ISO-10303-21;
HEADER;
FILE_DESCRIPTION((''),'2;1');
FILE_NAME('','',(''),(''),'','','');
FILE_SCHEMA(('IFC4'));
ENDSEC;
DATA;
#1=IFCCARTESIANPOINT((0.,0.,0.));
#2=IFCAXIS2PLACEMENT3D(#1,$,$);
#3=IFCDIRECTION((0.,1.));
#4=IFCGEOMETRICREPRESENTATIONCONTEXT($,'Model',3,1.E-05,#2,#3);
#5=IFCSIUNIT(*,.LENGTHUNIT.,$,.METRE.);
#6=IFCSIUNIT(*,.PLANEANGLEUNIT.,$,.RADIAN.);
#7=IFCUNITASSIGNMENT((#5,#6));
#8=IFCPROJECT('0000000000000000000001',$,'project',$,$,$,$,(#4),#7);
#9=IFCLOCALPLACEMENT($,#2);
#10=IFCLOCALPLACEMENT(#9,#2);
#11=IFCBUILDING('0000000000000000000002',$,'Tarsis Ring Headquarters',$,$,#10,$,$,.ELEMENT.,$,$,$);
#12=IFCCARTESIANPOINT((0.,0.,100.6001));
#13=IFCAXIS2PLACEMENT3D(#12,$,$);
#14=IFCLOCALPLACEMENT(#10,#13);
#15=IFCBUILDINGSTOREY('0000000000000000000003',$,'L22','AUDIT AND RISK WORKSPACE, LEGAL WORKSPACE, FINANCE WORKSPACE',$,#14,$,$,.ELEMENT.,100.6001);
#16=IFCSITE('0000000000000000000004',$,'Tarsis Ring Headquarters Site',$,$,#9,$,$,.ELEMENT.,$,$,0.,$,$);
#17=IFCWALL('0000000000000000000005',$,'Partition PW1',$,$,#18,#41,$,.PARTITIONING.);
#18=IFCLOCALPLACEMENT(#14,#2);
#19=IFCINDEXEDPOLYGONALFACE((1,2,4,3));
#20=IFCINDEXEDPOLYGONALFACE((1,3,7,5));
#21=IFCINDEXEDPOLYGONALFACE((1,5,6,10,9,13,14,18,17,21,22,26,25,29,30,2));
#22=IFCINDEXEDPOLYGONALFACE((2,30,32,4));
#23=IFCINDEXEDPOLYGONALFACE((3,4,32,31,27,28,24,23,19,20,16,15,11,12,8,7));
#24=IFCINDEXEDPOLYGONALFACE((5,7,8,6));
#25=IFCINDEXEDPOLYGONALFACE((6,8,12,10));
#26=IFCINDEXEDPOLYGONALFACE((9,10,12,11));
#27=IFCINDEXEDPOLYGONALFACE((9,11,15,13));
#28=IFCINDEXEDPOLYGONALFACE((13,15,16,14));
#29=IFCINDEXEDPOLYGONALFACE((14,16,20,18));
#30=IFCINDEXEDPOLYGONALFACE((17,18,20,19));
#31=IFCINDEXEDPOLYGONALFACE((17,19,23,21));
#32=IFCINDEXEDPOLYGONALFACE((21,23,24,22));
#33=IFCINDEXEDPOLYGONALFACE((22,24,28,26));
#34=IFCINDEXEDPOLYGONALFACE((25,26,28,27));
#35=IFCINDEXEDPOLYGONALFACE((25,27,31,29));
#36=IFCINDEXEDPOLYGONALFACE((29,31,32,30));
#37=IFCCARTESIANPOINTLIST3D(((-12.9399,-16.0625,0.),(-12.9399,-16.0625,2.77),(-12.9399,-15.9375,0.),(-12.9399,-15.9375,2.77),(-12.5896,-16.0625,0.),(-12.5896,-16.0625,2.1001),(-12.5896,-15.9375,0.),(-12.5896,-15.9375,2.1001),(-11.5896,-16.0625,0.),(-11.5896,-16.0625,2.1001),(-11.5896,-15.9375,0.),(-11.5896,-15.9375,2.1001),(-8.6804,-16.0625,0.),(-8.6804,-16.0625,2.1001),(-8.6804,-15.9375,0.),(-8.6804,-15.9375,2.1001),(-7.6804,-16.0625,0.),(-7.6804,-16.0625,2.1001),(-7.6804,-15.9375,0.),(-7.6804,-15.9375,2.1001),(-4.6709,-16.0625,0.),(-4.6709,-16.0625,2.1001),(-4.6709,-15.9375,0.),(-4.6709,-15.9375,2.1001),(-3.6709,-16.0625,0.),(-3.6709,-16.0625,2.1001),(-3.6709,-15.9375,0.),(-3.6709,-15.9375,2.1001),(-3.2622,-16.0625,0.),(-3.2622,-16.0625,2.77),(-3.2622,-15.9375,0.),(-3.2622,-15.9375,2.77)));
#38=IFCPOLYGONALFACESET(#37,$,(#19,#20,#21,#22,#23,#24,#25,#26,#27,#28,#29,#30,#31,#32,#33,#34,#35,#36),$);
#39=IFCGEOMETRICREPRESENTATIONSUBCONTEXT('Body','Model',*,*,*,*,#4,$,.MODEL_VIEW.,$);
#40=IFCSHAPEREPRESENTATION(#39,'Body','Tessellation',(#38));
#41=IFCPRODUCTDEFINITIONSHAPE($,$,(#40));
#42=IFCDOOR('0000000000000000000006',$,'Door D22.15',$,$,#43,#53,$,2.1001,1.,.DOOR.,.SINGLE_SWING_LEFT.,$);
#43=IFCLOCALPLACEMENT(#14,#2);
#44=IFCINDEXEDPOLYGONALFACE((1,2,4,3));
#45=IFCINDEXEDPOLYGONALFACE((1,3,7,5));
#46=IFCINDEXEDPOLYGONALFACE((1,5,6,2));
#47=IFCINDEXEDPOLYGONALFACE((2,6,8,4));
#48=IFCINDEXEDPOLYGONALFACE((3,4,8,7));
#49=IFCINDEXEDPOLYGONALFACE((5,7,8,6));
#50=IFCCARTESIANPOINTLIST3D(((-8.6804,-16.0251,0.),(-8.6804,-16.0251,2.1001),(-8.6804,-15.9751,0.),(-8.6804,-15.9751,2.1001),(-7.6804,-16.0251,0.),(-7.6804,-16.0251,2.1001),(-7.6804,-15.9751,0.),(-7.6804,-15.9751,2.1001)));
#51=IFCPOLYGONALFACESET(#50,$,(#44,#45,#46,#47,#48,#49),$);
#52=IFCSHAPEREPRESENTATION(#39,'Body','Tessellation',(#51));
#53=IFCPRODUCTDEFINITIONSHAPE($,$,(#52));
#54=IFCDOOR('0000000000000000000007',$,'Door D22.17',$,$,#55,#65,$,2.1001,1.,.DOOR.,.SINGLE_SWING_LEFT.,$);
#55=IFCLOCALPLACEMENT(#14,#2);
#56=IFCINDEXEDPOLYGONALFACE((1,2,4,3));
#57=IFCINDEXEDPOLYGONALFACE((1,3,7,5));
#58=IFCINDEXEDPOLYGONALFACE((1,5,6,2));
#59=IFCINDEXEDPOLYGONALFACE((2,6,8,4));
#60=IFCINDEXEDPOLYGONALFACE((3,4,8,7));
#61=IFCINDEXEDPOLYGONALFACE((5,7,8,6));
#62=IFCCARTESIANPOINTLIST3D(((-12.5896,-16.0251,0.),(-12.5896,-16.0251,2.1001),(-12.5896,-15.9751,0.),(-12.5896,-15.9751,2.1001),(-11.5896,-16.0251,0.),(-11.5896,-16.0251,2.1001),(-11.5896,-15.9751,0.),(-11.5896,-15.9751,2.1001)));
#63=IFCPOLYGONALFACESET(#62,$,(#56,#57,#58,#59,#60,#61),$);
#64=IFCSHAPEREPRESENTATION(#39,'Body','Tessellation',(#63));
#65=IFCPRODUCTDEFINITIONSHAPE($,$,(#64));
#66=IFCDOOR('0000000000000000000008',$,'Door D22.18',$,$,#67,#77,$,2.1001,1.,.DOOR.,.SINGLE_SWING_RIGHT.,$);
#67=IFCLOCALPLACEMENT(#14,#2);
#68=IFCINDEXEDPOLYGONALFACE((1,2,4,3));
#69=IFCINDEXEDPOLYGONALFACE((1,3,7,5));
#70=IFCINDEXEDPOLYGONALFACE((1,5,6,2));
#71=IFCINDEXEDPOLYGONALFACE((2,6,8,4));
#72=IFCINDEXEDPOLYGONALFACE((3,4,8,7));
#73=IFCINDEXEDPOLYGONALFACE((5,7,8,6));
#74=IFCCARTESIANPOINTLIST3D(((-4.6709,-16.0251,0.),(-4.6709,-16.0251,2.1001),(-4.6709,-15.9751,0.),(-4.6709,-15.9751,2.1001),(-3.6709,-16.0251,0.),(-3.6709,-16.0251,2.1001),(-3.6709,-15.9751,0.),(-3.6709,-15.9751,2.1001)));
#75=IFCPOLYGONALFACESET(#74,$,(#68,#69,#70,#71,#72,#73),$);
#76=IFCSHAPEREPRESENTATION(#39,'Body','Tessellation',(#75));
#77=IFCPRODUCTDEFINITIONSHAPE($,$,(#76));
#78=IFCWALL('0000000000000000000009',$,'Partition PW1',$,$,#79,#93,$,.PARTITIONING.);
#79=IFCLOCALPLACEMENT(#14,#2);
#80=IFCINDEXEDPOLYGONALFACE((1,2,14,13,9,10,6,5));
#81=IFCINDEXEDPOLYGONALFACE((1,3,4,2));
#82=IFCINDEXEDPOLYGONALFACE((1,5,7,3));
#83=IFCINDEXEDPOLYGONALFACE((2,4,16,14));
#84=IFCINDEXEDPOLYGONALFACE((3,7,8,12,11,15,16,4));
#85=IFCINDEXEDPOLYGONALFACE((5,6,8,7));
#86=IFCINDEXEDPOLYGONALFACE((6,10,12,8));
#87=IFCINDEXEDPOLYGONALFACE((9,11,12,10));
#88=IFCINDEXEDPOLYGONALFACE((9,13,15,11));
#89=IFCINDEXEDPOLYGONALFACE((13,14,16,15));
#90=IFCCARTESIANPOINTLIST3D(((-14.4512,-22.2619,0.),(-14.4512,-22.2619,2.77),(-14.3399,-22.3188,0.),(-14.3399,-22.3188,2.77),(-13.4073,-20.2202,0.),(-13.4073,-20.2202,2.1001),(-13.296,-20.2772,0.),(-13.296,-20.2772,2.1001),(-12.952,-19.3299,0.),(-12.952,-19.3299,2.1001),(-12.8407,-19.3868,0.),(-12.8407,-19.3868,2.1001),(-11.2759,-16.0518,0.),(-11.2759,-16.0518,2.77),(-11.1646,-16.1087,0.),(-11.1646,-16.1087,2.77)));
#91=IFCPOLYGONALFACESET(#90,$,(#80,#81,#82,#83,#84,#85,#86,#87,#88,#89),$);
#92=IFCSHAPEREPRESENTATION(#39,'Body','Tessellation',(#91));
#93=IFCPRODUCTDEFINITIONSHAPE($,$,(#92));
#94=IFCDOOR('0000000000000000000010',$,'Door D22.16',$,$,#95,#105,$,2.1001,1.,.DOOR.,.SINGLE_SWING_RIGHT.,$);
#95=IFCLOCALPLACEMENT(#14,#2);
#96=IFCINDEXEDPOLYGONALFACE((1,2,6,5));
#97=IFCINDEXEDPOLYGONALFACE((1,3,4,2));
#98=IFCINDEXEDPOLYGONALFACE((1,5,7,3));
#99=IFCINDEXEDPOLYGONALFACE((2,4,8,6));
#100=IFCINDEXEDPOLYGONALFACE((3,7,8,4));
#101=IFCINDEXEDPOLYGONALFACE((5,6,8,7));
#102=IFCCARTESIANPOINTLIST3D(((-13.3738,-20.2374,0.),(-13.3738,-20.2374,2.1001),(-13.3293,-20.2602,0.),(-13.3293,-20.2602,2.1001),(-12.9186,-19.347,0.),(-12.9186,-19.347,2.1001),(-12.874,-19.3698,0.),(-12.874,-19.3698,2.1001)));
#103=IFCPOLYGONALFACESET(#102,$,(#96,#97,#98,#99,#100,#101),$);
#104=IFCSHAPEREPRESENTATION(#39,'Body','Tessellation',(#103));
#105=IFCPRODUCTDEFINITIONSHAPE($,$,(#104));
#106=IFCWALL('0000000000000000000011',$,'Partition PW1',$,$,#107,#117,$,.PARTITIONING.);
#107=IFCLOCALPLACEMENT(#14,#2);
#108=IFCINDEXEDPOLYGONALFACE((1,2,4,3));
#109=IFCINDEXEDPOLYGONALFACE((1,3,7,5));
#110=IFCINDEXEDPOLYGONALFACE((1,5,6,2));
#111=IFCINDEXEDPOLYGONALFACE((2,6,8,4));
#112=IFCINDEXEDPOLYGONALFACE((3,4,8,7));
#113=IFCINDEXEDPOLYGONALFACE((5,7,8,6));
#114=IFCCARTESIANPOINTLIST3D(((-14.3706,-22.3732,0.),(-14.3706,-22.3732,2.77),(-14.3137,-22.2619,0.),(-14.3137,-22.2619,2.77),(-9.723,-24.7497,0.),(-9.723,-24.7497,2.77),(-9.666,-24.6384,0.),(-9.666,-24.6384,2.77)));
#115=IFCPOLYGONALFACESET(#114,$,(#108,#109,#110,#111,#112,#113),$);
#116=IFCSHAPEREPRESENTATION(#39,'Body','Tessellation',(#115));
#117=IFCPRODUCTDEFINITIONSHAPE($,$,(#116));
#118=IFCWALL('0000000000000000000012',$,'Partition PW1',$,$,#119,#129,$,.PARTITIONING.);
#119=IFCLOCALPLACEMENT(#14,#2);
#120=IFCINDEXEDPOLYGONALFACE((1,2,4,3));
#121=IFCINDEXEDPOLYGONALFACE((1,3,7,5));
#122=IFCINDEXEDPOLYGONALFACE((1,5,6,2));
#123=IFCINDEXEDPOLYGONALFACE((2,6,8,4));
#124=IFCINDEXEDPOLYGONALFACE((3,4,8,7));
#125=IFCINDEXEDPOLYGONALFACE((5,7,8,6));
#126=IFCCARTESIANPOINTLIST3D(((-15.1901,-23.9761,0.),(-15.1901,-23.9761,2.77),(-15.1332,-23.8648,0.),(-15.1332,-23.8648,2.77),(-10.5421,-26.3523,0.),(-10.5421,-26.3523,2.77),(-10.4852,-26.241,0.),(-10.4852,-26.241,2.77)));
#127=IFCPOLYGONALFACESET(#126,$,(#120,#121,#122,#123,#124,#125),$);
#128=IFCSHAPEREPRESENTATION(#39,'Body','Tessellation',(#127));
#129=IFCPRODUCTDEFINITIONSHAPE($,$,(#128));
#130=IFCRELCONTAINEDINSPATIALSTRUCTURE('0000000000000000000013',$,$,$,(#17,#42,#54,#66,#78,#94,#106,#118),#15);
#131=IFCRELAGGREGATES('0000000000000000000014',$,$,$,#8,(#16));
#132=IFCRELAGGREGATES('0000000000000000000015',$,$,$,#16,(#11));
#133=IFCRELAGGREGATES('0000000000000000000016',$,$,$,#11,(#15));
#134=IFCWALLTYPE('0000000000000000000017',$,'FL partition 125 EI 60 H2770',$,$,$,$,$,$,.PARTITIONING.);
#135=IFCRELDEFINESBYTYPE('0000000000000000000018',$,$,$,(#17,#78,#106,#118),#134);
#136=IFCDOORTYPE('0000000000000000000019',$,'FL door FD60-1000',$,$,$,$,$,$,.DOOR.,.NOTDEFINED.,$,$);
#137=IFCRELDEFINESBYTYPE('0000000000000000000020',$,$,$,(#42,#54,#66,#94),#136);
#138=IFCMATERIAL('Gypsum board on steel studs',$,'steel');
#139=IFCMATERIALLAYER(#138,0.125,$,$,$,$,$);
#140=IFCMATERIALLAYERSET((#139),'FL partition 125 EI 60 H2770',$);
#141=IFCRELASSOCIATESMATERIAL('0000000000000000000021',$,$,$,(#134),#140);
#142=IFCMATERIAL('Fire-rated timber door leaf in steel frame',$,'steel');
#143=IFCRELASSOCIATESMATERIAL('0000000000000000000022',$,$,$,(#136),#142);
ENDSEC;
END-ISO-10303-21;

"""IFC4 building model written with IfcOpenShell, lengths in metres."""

from ifc_helpers import new_model, si_unit, direction, frame, frame_2d, origin, place, context, subcontext, project, spatial, rectangle, extrude, material, layer, layer_set, type_object, element, fill, save


model = new_model("IFC4")

# Units and contexts
model_context = context("Model", 3, precision=1e-05, world=origin(), true_north=direction((0.0, 1.0)))
body_context = subcontext(model_context, "Body", "Model", "MODEL_VIEW")
ifc_project = project(units=[si_unit("LENGTHUNIT", "METRE"), si_unit("PLANEANGLEUNIT", "RADIAN")], contexts=[model_context])

# Site, building, storey
site_placement = place(None, origin())
site = spatial("IfcSite", under=ifc_project, at=site_placement, Name="Tarsis Ring Headquarters Site", CompositionType="ELEMENT", RefElevation=0.0)
building_placement = place(site_placement, origin())
building = spatial("IfcBuilding", under=site, at=building_placement, Name="Tarsis Ring Headquarters", CompositionType="ELEMENT")
storey_placement = place(building_placement, frame((0.0, 0.0, 100.6001)))
storey = spatial("IfcBuildingStorey", under=building, at=storey_placement, Name="L22", Description="AUDIT AND RISK WORKSPACE, LEGAL WORKSPACE, FINANCE WORKSPACE", CompositionType="ELEMENT", Elevation=100.6001)

# Wall, openings, doors
ifc_material_1 = material(Name="Gypsum board on steel studs", Category="steel")
ifc_layer_1 = layer(ifc_material_1, 0.125)
ifc_layer_set_1 = layer_set([ifc_layer_1], Name="FL partition 125 EI 60 H2770")
wall_type_1 = type_object("IfcWallType", Name="FL partition 125 EI 60 H2770", PredefinedType="PARTITIONING", material=ifc_layer_set_1)
ifc_material_2 = material(Name="Fire-rated timber door leaf in steel frame", Category="steel")
door_type_1 = type_object("IfcDoorType", Name="FL door FD60-1000", OperationType="NOTDEFINED", PredefinedType="DOOR", material=ifc_material_2)
wall_1_placement = place(storey_placement, frame((-12.9399, -16.0, 0.0), z_axis=(0.0, 0.0, 1.0), x_axis=(1.0, 0.0, 0.0)))
wall_1 = element("IfcWall", 1, at=wall_1_placement, inside=storey, type_object=wall_type_1, Name="Partition PW1", PredefinedType="PARTITIONING", context=body_context, shape_type="SweptSolid", body=[
    extrude(rectangle(XDim=9.6777, YDim=0.125, at=frame_2d((4.8389, 0.0))), origin(), (0.0, 0.0, 1.0), 2.77),
])
opening_1_placement = place(wall_1_placement, frame((4.2595, 0.0, 0.0)))
opening_1 = element("IfcOpeningElement", 2, at=opening_1_placement, cuts=wall_1, PredefinedType="OPENING", context=body_context, shape_type="SweptSolid", body=[
    extrude(rectangle(XDim=1.0, YDim=2.1001, at=frame_2d((0.5, 1.05))), frame((0.0, 0.0725, 0.0), z_axis=(0.0, -1.0, 0.0), x_axis=(1.0, 0.0, 0.0)), (0.0, 0.0, 1.0), 0.145),
])
opening_2_placement = place(wall_1_placement, frame((0.3503, 0.0, 0.0)))
opening_2 = element("IfcOpeningElement", 3, at=opening_2_placement, cuts=wall_1, PredefinedType="OPENING", context=body_context, shape_type="SweptSolid", body=[
    extrude(rectangle(XDim=1.0, YDim=2.1001, at=frame_2d((0.5, 1.05))), frame((0.0, 0.0725, 0.0), z_axis=(0.0, -1.0, 0.0), x_axis=(1.0, 0.0, 0.0)), (0.0, 0.0, 1.0), 0.145),
])
opening_3_placement = place(wall_1_placement, frame((8.269, 0.0, 0.0)))
opening_3 = element("IfcOpeningElement", 4, at=opening_3_placement, cuts=wall_1, PredefinedType="OPENING", context=body_context, shape_type="SweptSolid", body=[
    extrude(rectangle(XDim=1.0, YDim=2.1001, at=frame_2d((0.5, 1.05))), frame((0.0, 0.0725, 0.0), z_axis=(0.0, -1.0, 0.0), x_axis=(1.0, 0.0, 0.0)), (0.0, 0.0, 1.0), 0.145),
])
door_1_placement = place(opening_1_placement, origin())
door_1 = element("IfcDoor", 5, at=door_1_placement, inside=storey, type_object=door_type_1, Name="Door D22.15", OperationType="SINGLE_SWING_LEFT", OverallHeight=2.1001, OverallWidth=1.0, PredefinedType="DOOR", context=body_context, shape_type="SweptSolid", body=[
    extrude(rectangle(XDim=1.0, YDim=2.1001, at=frame_2d((0.5, 1.05))), frame((0.0, 0.0249, 0.0), z_axis=(0.0, -1.0, 0.0), x_axis=(1.0, 0.0, 0.0)), (0.0, 0.0, 1.0), 0.05),
])
fill(opening_1, door_1)
door_2_placement = place(opening_2_placement, origin())
door_2 = element("IfcDoor", 6, at=door_2_placement, inside=storey, type_object=door_type_1, Name="Door D22.17", OperationType="SINGLE_SWING_LEFT", OverallHeight=2.1001, OverallWidth=1.0, PredefinedType="DOOR", context=body_context, shape_type="SweptSolid", body=[
    extrude(rectangle(XDim=1.0, YDim=2.1001, at=frame_2d((0.5, 1.05))), frame((0.0, 0.0249, 0.0), z_axis=(0.0, -1.0, 0.0), x_axis=(1.0, 0.0, 0.0)), (0.0, 0.0, 1.0), 0.05),
])
fill(opening_2, door_2)
door_3_placement = place(opening_3_placement, origin())
door_3 = element("IfcDoor", 7, at=door_3_placement, inside=storey, type_object=door_type_1, Name="Door D22.18", OperationType="SINGLE_SWING_RIGHT", OverallHeight=2.1001, OverallWidth=1.0, PredefinedType="DOOR", context=body_context, shape_type="SweptSolid", body=[
    extrude(rectangle(XDim=1.0, YDim=2.1001, at=frame_2d((0.5, 1.05))), frame((0.0, 0.0249, 0.0), z_axis=(0.0, -1.0, 0.0), x_axis=(1.0, 0.0, 0.0)), (0.0, 0.0, 1.0), 0.05),
])
fill(opening_3, door_3)

# Wall, opening, door
wall_2_placement = place(storey_placement, frame((-14.3955, -22.2903, 0.0), z_axis=(0.0, 0.0, 1.0), x_axis=(0.455246, 0.890366, 0.0)))
wall_2 = element("IfcWall", 8, at=wall_2_placement, inside=storey, type_object=wall_type_1, Name="Partition PW1", PredefinedType="PARTITIONING", context=body_context, shape_type="SweptSolid", body=[
    extrude(rectangle(XDim=6.9749, YDim=0.125, at=frame_2d((3.4873, 0.0))), origin(), (0.0, 0.0, 1.0), 2.77),
])
opening_4_placement = place(wall_2_placement, frame((2.293, 0.0, 0.0)))
opening_4 = element("IfcOpeningElement", 9, at=opening_4_placement, cuts=wall_2, PredefinedType="OPENING", context=body_context, shape_type="SweptSolid", body=[
    extrude(rectangle(XDim=1.0, YDim=2.1001, at=frame_2d((0.5, 1.05))), frame((0.0, 0.0725, 0.0), z_axis=(0.0, -1.0, 0.0), x_axis=(1.0, 0.0, 0.0)), (0.0, 0.0, 1.0), 0.145),
])
door_4_placement = place(opening_4_placement, origin())
door_4 = element("IfcDoor", 10, at=door_4_placement, inside=storey, type_object=door_type_1, Name="Door D22.16", OperationType="SINGLE_SWING_RIGHT", OverallHeight=2.1001, OverallWidth=1.0, PredefinedType="DOOR", context=body_context, shape_type="SweptSolid", body=[
    extrude(rectangle(XDim=1.0, YDim=2.1001, at=frame_2d((0.5, 1.05))), frame((0.0, 0.0249, 0.0), z_axis=(0.0, -1.0, 0.0), x_axis=(1.0, 0.0, 0.0)), (0.0, 0.0, 1.0), 0.05),
])
fill(opening_4, door_4)

# Walls
wall_3_placement = place(storey_placement, frame((-14.342, -22.3176, 0.0), z_axis=(0.0, 0.0, 1.0), x_axis=(0.890359, -0.455259, 0.0)))
element("IfcWall", 11, at=wall_3_placement, inside=storey, type_object=wall_type_1, Name="Partition PW1", PredefinedType="PARTITIONING", context=body_context, shape_type="SweptSolid", body=[
    extrude(rectangle(XDim=5.22, YDim=0.125, at=frame_2d((2.6099, 0.0))), origin(), (0.0, 0.0, 1.0), 2.77),
])
wall_4_placement = place(storey_placement, frame((-15.1616, -23.9204, 0.0), z_axis=(0.0, 0.0, 1.0), x_axis=(0.890388, -0.455203, 0.0)))
element("IfcWall", 12, at=wall_4_placement, inside=storey, type_object=wall_type_1, Name="Partition PW1", PredefinedType="PARTITIONING", context=body_context, shape_type="SweptSolid", body=[
    extrude(rectangle(XDim=5.2202, YDim=0.125, at=frame_2d((2.6101, 0.0))), origin(), (0.0, 0.0, 1.0), 2.77),
])

save(model, "model.ifc")
